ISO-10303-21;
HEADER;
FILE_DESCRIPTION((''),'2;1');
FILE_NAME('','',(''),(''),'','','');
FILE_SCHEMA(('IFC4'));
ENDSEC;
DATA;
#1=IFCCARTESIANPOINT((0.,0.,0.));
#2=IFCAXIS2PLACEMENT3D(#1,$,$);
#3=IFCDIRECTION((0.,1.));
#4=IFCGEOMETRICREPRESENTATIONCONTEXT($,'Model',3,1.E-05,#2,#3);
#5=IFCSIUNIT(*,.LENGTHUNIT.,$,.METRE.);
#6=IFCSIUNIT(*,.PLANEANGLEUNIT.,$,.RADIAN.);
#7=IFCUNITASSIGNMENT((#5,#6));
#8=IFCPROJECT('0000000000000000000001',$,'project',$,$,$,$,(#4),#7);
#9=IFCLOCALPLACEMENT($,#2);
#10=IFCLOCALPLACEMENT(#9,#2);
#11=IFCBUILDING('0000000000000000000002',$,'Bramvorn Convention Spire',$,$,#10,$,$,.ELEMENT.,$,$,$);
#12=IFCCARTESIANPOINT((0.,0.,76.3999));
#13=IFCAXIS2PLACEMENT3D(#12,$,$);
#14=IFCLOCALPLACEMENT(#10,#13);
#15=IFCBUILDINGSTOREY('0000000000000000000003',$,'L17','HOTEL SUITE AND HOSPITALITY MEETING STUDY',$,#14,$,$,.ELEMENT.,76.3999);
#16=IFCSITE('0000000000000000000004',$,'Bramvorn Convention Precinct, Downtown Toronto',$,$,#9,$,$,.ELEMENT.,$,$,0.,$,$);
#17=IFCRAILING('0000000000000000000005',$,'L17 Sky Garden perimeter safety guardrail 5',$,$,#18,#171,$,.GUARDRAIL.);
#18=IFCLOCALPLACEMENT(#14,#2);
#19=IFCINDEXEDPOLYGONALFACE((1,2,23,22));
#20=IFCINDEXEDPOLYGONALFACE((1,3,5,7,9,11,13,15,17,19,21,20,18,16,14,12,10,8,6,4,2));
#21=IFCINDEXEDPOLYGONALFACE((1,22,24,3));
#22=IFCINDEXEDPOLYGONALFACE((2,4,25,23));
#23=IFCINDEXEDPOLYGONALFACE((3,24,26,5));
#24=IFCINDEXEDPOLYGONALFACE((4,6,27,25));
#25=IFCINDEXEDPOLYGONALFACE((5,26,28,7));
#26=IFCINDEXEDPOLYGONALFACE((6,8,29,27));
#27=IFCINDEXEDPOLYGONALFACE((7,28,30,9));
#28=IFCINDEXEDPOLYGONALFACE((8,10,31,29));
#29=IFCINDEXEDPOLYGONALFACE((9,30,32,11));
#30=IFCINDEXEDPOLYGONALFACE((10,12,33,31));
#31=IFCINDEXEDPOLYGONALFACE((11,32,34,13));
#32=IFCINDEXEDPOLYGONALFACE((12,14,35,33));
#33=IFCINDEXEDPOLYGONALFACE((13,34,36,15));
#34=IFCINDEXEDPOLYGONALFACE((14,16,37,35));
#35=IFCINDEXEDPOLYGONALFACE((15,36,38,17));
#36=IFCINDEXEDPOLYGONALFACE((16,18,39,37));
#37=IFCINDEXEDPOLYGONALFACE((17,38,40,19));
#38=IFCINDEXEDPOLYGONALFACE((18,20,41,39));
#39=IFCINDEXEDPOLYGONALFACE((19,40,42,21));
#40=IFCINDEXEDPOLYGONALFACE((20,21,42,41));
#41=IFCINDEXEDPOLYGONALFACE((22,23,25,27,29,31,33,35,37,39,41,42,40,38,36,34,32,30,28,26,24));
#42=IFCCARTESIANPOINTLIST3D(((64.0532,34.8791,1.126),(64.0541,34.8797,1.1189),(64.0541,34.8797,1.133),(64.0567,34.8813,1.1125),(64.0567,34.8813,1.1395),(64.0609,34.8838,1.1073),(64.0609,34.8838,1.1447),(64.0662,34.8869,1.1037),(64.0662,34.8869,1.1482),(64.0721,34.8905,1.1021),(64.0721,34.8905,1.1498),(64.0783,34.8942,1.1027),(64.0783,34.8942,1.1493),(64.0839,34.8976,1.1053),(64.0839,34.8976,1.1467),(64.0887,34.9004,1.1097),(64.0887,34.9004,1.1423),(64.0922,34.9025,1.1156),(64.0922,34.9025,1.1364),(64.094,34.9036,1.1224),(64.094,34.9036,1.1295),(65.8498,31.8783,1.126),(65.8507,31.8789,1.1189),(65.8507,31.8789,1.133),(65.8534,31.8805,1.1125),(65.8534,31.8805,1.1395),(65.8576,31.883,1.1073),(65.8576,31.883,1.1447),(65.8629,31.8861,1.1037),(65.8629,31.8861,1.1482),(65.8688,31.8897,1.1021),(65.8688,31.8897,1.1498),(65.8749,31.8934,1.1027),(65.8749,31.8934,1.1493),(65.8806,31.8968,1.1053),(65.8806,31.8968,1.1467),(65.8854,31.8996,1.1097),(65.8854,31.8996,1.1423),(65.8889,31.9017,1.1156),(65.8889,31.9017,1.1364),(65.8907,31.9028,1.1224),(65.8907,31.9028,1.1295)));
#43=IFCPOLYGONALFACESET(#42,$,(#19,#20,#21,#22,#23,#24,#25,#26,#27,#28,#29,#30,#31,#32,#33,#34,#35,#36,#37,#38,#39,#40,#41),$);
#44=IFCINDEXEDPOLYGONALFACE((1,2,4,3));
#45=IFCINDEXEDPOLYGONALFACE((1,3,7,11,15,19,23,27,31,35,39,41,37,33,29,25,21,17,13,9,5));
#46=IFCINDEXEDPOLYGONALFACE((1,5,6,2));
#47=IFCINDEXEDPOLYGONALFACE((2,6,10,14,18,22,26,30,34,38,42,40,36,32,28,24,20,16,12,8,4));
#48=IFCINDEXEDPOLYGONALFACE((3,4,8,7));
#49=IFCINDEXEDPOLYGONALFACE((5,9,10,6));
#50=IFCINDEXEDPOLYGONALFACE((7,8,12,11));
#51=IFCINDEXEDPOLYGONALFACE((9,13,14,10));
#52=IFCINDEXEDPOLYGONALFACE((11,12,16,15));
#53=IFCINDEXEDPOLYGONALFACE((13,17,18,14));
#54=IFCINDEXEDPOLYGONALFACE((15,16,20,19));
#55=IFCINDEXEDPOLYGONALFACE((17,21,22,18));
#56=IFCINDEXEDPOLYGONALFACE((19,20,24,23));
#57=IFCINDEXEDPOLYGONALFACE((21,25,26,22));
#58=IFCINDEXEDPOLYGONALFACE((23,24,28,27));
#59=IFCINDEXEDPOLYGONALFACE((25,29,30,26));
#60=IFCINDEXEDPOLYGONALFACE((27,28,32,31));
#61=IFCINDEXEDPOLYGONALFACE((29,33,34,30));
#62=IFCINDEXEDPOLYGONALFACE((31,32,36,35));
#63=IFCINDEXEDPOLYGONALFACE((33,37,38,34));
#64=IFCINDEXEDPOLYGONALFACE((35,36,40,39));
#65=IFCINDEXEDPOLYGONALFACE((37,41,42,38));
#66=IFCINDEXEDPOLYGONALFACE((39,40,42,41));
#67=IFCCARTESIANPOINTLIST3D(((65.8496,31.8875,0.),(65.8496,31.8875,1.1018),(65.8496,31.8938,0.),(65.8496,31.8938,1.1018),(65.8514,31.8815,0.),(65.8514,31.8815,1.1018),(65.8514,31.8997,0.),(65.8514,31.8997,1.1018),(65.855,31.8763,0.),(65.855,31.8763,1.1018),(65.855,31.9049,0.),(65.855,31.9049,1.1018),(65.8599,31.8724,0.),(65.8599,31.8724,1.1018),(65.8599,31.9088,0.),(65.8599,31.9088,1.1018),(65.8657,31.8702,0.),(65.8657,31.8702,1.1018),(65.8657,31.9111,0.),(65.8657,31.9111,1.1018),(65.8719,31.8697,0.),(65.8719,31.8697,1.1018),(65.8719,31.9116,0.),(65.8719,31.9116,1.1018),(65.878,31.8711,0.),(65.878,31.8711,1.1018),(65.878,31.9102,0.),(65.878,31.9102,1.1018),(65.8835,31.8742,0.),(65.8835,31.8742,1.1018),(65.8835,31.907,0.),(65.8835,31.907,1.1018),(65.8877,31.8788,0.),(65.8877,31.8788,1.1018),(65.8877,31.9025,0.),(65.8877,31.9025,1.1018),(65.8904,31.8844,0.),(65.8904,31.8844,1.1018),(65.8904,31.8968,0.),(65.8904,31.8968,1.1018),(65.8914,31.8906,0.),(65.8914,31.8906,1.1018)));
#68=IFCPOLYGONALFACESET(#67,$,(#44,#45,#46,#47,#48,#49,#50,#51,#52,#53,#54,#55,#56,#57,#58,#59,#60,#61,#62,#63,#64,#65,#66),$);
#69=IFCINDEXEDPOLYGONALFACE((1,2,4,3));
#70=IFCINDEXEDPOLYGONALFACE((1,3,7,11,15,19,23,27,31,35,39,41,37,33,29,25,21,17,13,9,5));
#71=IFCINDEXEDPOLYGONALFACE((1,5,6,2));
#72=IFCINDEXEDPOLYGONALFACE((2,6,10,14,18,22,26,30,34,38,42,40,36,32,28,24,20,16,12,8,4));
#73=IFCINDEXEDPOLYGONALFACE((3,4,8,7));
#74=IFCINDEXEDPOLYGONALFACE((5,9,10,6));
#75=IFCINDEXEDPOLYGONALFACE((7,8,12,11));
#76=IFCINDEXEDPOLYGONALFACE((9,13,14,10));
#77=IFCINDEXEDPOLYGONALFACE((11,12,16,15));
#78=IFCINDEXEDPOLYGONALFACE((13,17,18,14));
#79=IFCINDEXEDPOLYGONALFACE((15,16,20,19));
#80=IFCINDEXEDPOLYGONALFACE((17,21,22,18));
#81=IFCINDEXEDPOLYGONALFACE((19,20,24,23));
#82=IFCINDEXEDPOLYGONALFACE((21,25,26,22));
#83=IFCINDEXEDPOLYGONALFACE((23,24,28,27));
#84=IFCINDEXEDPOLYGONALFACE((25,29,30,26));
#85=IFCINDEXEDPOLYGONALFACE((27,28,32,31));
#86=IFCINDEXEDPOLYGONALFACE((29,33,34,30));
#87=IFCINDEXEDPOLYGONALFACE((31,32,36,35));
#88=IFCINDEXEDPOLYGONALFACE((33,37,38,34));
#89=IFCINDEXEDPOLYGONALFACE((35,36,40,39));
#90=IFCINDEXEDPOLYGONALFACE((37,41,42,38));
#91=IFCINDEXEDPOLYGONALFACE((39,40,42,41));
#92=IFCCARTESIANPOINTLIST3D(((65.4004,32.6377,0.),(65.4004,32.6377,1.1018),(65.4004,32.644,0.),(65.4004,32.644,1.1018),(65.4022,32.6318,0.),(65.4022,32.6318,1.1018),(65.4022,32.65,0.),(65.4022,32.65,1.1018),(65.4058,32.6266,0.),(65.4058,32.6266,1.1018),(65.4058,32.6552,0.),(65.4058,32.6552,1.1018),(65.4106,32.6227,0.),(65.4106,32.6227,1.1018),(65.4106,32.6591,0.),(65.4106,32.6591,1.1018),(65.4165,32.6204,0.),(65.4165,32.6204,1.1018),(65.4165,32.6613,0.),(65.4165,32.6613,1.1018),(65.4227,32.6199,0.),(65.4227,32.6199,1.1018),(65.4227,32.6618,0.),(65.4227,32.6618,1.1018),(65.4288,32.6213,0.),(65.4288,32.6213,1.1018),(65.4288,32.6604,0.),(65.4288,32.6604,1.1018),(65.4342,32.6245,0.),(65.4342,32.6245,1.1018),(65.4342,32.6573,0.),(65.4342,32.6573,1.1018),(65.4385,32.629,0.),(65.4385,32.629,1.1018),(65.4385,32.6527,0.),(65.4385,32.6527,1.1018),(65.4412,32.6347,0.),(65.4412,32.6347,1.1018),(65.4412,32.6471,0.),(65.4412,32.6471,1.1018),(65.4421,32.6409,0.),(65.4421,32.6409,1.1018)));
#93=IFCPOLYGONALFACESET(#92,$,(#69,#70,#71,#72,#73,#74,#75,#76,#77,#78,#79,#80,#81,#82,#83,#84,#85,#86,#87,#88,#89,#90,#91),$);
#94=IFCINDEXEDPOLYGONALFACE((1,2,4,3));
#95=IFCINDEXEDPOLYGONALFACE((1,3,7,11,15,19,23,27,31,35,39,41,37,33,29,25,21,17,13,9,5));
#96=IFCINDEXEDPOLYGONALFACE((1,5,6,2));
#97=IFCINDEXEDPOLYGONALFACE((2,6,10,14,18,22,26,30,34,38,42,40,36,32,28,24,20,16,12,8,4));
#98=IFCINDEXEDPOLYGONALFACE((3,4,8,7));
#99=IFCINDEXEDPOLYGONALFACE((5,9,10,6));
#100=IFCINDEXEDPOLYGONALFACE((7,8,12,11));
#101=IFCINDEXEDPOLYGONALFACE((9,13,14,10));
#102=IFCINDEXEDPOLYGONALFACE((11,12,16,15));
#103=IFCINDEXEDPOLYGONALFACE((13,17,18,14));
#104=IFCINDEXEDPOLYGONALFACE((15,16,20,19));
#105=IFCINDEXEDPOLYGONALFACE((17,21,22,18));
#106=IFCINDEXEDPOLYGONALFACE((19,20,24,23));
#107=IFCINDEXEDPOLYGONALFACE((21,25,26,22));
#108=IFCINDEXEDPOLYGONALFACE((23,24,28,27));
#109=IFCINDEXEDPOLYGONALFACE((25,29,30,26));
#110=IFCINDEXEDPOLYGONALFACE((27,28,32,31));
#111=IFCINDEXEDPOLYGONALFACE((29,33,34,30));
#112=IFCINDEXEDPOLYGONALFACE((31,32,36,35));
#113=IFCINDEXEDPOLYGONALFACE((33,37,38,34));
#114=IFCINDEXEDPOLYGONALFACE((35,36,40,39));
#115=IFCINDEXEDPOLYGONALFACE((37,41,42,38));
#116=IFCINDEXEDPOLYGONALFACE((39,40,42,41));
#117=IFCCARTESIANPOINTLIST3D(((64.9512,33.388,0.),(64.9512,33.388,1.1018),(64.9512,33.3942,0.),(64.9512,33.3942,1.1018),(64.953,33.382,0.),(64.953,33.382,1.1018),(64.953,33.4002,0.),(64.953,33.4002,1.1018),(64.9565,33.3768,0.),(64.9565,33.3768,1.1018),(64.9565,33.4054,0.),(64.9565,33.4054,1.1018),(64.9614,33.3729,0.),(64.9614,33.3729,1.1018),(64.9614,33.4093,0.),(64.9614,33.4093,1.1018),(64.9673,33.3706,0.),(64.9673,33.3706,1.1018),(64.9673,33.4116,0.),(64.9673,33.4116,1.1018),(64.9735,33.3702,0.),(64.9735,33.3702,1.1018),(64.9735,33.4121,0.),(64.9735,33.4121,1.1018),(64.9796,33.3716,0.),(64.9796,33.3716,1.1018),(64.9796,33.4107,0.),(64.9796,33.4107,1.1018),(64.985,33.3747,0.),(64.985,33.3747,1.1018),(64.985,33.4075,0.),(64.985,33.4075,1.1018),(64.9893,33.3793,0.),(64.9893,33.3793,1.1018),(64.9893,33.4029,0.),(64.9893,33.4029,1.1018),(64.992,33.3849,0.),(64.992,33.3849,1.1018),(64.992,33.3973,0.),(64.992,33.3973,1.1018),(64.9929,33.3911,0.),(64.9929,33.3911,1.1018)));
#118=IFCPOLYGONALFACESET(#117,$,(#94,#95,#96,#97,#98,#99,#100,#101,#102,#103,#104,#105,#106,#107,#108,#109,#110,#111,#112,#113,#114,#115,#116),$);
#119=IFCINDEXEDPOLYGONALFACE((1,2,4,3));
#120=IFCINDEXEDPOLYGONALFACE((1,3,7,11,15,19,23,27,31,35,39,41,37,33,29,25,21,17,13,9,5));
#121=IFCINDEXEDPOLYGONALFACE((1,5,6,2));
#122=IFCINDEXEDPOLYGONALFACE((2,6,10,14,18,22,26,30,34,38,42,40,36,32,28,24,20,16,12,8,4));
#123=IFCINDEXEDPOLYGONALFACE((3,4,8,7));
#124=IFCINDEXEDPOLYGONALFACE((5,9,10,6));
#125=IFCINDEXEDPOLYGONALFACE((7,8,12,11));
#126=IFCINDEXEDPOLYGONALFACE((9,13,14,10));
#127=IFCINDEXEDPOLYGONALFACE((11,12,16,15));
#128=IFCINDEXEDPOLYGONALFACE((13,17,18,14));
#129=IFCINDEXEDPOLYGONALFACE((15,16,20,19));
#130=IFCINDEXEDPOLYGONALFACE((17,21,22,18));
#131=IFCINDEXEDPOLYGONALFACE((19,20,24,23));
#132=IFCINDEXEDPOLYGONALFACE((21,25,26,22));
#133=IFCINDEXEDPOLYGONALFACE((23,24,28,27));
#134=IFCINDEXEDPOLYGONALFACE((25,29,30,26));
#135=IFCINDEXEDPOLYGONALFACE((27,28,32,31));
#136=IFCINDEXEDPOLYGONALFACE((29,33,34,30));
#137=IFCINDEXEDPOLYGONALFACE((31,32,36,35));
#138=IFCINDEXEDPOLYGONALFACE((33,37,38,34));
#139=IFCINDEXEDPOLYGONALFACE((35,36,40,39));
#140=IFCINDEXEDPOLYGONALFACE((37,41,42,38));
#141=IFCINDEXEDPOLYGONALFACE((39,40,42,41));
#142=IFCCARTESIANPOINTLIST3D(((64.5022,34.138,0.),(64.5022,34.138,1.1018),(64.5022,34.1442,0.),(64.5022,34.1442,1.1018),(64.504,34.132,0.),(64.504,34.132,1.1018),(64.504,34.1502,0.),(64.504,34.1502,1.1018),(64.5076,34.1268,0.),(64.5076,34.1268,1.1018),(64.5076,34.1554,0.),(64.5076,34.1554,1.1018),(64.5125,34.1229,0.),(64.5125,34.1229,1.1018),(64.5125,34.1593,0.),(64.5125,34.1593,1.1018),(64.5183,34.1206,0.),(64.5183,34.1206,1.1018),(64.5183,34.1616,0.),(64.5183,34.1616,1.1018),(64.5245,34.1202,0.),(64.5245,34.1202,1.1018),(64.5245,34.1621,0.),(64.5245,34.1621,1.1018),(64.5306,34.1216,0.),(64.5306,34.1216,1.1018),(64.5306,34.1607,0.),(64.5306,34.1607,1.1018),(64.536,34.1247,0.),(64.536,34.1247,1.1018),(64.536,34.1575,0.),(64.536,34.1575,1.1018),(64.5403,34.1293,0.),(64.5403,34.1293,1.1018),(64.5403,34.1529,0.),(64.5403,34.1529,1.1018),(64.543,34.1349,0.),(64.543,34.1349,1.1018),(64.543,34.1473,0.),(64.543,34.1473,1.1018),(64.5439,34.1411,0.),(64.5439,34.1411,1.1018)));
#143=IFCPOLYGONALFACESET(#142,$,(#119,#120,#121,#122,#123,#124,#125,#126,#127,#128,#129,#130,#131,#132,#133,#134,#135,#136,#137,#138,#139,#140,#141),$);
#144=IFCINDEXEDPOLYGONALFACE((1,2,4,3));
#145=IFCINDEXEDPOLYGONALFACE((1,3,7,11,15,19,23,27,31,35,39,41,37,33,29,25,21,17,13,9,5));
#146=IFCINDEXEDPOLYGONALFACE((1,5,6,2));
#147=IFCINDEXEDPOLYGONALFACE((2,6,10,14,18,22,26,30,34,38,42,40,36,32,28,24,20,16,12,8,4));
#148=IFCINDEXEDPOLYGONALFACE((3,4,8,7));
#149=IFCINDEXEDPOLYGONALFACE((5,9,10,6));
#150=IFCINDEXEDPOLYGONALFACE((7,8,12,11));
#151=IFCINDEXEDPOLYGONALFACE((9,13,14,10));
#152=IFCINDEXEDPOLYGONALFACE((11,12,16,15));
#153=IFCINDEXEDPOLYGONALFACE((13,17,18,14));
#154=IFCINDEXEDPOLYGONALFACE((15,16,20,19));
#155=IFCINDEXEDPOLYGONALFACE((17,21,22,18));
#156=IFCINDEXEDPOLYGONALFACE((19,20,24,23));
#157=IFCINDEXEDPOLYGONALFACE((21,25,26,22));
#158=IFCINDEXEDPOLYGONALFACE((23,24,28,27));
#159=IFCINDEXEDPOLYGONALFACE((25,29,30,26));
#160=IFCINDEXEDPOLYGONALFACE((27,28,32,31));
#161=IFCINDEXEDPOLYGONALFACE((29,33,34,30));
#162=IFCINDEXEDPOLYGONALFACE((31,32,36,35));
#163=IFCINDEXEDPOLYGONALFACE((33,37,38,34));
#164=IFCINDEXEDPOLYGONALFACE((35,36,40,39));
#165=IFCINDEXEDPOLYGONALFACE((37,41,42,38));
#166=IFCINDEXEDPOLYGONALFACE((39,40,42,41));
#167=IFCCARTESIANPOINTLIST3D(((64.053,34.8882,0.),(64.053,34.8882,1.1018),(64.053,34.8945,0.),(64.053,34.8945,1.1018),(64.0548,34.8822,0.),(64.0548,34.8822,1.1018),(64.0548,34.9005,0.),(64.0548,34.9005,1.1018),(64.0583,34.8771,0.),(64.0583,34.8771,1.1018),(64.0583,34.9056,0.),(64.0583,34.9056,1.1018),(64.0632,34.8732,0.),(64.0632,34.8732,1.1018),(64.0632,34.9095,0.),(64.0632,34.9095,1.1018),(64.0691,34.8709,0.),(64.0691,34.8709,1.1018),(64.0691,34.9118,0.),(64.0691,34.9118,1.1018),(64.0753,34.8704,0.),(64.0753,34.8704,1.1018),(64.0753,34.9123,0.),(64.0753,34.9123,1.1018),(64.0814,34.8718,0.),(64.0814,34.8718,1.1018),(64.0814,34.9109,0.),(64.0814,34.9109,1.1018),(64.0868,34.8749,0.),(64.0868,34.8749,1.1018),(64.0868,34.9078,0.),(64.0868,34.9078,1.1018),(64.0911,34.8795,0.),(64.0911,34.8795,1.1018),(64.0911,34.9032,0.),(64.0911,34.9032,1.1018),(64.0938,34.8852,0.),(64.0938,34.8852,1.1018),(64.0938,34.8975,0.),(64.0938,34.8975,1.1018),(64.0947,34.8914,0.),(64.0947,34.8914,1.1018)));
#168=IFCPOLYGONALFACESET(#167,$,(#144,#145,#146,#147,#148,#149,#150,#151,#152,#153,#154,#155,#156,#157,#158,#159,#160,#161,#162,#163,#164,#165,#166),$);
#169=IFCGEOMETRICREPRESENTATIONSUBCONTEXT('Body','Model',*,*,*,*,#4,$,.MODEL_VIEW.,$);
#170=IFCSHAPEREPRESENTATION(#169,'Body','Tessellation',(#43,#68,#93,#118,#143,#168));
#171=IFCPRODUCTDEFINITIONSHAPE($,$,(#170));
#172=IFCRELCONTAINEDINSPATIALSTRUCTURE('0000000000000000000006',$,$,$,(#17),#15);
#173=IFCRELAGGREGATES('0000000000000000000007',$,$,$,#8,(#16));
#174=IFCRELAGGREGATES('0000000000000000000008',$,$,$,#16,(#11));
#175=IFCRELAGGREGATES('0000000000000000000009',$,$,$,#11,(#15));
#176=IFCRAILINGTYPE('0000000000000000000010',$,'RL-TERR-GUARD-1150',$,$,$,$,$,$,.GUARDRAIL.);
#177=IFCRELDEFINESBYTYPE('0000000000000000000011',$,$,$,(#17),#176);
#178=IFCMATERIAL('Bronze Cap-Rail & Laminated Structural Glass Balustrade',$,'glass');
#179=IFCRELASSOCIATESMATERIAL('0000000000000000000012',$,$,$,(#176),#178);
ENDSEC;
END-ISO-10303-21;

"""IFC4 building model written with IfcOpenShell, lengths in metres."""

from ifc_helpers import new_model, si_unit, direction, frame, origin, origin_2d, place, context, subcontext, project, spatial, circle, extrude, material, type_object, element, save


model = new_model("IFC4")

# Units and contexts
model_context = context("Model", 3, precision=1e-05, world=origin(), true_north=direction((0.0, 1.0)))
body_context = subcontext(model_context, "Body", "Model", "MODEL_VIEW")
ifc_project = project(units=[si_unit("LENGTHUNIT", "METRE"), si_unit("PLANEANGLEUNIT", "RADIAN")], contexts=[model_context])

# Site, building, storey
site_placement = place(None, origin())
site = spatial("IfcSite", under=ifc_project, at=site_placement, Name="Bramvorn Convention Precinct, Downtown Toronto", CompositionType="ELEMENT", RefElevation=0.0)
building_placement = place(site_placement, origin())
building = spatial("IfcBuilding", under=site, at=building_placement, Name="Bramvorn Convention Spire", CompositionType="ELEMENT")
storey_placement = place(building_placement, frame((0.0, 0.0, 76.3999)))
storey = spatial("IfcBuildingStorey", under=building, at=storey_placement, Name="L17", Description="HOTEL SUITE AND HOSPITALITY MEETING STUDY", CompositionType="ELEMENT", Elevation=76.3999)

# Railing
ifc_material_1 = material(Name="Bronze Cap-Rail & Laminated Structural Glass Balustrade", Category="glass")
railing_type = type_object("IfcRailingType", Name="RL-TERR-GUARD-1150", PredefinedType="GUARDRAIL", material=ifc_material_1)
railing_1_placement = place(storey_placement, frame((65.8704, 31.8906, 0.0)))
element("IfcRailing", 1, at=railing_1_placement, inside=storey, type_object=railing_type, Name="L17 Sky Garden perimeter safety guardrail 5", PredefinedType="GUARDRAIL", context=body_context, shape_type="SweptSolid", body=[
    extrude(circle(Radius=0.0239, at=origin_2d()), frame((0.0, 0.0, 1.126), z_axis=(-0.513695, 0.857973, 0.0), x_axis=(-0.857973, -0.513695, 0.0)), (0.0, 0.0, 1.0), 3.4976),
    extrude(circle(Radius=0.021, at=origin_2d()), origin(), (0.0, 0.0, 1.0), 1.1018),
    extrude(circle(Radius=0.021, at=origin_2d()), frame((-0.4492, 0.7502, 0.0)), (0.0, 0.0, 1.0), 1.1018),
    extrude(circle(Radius=0.021, at=origin_2d()), frame((-0.8984, 1.5005, 0.0)), (0.0, 0.0, 1.0), 1.1018),
    extrude(circle(Radius=0.021, at=origin_2d()), frame((-1.3474, 2.2505, 0.0)), (0.0, 0.0, 1.0), 1.1018),
    extrude(circle(Radius=0.021, at=origin_2d()), frame((-1.7966, 3.0007, 0.0)), (0.0, 0.0, 1.0), 1.1018),
])

save(model, "model.ifc")
